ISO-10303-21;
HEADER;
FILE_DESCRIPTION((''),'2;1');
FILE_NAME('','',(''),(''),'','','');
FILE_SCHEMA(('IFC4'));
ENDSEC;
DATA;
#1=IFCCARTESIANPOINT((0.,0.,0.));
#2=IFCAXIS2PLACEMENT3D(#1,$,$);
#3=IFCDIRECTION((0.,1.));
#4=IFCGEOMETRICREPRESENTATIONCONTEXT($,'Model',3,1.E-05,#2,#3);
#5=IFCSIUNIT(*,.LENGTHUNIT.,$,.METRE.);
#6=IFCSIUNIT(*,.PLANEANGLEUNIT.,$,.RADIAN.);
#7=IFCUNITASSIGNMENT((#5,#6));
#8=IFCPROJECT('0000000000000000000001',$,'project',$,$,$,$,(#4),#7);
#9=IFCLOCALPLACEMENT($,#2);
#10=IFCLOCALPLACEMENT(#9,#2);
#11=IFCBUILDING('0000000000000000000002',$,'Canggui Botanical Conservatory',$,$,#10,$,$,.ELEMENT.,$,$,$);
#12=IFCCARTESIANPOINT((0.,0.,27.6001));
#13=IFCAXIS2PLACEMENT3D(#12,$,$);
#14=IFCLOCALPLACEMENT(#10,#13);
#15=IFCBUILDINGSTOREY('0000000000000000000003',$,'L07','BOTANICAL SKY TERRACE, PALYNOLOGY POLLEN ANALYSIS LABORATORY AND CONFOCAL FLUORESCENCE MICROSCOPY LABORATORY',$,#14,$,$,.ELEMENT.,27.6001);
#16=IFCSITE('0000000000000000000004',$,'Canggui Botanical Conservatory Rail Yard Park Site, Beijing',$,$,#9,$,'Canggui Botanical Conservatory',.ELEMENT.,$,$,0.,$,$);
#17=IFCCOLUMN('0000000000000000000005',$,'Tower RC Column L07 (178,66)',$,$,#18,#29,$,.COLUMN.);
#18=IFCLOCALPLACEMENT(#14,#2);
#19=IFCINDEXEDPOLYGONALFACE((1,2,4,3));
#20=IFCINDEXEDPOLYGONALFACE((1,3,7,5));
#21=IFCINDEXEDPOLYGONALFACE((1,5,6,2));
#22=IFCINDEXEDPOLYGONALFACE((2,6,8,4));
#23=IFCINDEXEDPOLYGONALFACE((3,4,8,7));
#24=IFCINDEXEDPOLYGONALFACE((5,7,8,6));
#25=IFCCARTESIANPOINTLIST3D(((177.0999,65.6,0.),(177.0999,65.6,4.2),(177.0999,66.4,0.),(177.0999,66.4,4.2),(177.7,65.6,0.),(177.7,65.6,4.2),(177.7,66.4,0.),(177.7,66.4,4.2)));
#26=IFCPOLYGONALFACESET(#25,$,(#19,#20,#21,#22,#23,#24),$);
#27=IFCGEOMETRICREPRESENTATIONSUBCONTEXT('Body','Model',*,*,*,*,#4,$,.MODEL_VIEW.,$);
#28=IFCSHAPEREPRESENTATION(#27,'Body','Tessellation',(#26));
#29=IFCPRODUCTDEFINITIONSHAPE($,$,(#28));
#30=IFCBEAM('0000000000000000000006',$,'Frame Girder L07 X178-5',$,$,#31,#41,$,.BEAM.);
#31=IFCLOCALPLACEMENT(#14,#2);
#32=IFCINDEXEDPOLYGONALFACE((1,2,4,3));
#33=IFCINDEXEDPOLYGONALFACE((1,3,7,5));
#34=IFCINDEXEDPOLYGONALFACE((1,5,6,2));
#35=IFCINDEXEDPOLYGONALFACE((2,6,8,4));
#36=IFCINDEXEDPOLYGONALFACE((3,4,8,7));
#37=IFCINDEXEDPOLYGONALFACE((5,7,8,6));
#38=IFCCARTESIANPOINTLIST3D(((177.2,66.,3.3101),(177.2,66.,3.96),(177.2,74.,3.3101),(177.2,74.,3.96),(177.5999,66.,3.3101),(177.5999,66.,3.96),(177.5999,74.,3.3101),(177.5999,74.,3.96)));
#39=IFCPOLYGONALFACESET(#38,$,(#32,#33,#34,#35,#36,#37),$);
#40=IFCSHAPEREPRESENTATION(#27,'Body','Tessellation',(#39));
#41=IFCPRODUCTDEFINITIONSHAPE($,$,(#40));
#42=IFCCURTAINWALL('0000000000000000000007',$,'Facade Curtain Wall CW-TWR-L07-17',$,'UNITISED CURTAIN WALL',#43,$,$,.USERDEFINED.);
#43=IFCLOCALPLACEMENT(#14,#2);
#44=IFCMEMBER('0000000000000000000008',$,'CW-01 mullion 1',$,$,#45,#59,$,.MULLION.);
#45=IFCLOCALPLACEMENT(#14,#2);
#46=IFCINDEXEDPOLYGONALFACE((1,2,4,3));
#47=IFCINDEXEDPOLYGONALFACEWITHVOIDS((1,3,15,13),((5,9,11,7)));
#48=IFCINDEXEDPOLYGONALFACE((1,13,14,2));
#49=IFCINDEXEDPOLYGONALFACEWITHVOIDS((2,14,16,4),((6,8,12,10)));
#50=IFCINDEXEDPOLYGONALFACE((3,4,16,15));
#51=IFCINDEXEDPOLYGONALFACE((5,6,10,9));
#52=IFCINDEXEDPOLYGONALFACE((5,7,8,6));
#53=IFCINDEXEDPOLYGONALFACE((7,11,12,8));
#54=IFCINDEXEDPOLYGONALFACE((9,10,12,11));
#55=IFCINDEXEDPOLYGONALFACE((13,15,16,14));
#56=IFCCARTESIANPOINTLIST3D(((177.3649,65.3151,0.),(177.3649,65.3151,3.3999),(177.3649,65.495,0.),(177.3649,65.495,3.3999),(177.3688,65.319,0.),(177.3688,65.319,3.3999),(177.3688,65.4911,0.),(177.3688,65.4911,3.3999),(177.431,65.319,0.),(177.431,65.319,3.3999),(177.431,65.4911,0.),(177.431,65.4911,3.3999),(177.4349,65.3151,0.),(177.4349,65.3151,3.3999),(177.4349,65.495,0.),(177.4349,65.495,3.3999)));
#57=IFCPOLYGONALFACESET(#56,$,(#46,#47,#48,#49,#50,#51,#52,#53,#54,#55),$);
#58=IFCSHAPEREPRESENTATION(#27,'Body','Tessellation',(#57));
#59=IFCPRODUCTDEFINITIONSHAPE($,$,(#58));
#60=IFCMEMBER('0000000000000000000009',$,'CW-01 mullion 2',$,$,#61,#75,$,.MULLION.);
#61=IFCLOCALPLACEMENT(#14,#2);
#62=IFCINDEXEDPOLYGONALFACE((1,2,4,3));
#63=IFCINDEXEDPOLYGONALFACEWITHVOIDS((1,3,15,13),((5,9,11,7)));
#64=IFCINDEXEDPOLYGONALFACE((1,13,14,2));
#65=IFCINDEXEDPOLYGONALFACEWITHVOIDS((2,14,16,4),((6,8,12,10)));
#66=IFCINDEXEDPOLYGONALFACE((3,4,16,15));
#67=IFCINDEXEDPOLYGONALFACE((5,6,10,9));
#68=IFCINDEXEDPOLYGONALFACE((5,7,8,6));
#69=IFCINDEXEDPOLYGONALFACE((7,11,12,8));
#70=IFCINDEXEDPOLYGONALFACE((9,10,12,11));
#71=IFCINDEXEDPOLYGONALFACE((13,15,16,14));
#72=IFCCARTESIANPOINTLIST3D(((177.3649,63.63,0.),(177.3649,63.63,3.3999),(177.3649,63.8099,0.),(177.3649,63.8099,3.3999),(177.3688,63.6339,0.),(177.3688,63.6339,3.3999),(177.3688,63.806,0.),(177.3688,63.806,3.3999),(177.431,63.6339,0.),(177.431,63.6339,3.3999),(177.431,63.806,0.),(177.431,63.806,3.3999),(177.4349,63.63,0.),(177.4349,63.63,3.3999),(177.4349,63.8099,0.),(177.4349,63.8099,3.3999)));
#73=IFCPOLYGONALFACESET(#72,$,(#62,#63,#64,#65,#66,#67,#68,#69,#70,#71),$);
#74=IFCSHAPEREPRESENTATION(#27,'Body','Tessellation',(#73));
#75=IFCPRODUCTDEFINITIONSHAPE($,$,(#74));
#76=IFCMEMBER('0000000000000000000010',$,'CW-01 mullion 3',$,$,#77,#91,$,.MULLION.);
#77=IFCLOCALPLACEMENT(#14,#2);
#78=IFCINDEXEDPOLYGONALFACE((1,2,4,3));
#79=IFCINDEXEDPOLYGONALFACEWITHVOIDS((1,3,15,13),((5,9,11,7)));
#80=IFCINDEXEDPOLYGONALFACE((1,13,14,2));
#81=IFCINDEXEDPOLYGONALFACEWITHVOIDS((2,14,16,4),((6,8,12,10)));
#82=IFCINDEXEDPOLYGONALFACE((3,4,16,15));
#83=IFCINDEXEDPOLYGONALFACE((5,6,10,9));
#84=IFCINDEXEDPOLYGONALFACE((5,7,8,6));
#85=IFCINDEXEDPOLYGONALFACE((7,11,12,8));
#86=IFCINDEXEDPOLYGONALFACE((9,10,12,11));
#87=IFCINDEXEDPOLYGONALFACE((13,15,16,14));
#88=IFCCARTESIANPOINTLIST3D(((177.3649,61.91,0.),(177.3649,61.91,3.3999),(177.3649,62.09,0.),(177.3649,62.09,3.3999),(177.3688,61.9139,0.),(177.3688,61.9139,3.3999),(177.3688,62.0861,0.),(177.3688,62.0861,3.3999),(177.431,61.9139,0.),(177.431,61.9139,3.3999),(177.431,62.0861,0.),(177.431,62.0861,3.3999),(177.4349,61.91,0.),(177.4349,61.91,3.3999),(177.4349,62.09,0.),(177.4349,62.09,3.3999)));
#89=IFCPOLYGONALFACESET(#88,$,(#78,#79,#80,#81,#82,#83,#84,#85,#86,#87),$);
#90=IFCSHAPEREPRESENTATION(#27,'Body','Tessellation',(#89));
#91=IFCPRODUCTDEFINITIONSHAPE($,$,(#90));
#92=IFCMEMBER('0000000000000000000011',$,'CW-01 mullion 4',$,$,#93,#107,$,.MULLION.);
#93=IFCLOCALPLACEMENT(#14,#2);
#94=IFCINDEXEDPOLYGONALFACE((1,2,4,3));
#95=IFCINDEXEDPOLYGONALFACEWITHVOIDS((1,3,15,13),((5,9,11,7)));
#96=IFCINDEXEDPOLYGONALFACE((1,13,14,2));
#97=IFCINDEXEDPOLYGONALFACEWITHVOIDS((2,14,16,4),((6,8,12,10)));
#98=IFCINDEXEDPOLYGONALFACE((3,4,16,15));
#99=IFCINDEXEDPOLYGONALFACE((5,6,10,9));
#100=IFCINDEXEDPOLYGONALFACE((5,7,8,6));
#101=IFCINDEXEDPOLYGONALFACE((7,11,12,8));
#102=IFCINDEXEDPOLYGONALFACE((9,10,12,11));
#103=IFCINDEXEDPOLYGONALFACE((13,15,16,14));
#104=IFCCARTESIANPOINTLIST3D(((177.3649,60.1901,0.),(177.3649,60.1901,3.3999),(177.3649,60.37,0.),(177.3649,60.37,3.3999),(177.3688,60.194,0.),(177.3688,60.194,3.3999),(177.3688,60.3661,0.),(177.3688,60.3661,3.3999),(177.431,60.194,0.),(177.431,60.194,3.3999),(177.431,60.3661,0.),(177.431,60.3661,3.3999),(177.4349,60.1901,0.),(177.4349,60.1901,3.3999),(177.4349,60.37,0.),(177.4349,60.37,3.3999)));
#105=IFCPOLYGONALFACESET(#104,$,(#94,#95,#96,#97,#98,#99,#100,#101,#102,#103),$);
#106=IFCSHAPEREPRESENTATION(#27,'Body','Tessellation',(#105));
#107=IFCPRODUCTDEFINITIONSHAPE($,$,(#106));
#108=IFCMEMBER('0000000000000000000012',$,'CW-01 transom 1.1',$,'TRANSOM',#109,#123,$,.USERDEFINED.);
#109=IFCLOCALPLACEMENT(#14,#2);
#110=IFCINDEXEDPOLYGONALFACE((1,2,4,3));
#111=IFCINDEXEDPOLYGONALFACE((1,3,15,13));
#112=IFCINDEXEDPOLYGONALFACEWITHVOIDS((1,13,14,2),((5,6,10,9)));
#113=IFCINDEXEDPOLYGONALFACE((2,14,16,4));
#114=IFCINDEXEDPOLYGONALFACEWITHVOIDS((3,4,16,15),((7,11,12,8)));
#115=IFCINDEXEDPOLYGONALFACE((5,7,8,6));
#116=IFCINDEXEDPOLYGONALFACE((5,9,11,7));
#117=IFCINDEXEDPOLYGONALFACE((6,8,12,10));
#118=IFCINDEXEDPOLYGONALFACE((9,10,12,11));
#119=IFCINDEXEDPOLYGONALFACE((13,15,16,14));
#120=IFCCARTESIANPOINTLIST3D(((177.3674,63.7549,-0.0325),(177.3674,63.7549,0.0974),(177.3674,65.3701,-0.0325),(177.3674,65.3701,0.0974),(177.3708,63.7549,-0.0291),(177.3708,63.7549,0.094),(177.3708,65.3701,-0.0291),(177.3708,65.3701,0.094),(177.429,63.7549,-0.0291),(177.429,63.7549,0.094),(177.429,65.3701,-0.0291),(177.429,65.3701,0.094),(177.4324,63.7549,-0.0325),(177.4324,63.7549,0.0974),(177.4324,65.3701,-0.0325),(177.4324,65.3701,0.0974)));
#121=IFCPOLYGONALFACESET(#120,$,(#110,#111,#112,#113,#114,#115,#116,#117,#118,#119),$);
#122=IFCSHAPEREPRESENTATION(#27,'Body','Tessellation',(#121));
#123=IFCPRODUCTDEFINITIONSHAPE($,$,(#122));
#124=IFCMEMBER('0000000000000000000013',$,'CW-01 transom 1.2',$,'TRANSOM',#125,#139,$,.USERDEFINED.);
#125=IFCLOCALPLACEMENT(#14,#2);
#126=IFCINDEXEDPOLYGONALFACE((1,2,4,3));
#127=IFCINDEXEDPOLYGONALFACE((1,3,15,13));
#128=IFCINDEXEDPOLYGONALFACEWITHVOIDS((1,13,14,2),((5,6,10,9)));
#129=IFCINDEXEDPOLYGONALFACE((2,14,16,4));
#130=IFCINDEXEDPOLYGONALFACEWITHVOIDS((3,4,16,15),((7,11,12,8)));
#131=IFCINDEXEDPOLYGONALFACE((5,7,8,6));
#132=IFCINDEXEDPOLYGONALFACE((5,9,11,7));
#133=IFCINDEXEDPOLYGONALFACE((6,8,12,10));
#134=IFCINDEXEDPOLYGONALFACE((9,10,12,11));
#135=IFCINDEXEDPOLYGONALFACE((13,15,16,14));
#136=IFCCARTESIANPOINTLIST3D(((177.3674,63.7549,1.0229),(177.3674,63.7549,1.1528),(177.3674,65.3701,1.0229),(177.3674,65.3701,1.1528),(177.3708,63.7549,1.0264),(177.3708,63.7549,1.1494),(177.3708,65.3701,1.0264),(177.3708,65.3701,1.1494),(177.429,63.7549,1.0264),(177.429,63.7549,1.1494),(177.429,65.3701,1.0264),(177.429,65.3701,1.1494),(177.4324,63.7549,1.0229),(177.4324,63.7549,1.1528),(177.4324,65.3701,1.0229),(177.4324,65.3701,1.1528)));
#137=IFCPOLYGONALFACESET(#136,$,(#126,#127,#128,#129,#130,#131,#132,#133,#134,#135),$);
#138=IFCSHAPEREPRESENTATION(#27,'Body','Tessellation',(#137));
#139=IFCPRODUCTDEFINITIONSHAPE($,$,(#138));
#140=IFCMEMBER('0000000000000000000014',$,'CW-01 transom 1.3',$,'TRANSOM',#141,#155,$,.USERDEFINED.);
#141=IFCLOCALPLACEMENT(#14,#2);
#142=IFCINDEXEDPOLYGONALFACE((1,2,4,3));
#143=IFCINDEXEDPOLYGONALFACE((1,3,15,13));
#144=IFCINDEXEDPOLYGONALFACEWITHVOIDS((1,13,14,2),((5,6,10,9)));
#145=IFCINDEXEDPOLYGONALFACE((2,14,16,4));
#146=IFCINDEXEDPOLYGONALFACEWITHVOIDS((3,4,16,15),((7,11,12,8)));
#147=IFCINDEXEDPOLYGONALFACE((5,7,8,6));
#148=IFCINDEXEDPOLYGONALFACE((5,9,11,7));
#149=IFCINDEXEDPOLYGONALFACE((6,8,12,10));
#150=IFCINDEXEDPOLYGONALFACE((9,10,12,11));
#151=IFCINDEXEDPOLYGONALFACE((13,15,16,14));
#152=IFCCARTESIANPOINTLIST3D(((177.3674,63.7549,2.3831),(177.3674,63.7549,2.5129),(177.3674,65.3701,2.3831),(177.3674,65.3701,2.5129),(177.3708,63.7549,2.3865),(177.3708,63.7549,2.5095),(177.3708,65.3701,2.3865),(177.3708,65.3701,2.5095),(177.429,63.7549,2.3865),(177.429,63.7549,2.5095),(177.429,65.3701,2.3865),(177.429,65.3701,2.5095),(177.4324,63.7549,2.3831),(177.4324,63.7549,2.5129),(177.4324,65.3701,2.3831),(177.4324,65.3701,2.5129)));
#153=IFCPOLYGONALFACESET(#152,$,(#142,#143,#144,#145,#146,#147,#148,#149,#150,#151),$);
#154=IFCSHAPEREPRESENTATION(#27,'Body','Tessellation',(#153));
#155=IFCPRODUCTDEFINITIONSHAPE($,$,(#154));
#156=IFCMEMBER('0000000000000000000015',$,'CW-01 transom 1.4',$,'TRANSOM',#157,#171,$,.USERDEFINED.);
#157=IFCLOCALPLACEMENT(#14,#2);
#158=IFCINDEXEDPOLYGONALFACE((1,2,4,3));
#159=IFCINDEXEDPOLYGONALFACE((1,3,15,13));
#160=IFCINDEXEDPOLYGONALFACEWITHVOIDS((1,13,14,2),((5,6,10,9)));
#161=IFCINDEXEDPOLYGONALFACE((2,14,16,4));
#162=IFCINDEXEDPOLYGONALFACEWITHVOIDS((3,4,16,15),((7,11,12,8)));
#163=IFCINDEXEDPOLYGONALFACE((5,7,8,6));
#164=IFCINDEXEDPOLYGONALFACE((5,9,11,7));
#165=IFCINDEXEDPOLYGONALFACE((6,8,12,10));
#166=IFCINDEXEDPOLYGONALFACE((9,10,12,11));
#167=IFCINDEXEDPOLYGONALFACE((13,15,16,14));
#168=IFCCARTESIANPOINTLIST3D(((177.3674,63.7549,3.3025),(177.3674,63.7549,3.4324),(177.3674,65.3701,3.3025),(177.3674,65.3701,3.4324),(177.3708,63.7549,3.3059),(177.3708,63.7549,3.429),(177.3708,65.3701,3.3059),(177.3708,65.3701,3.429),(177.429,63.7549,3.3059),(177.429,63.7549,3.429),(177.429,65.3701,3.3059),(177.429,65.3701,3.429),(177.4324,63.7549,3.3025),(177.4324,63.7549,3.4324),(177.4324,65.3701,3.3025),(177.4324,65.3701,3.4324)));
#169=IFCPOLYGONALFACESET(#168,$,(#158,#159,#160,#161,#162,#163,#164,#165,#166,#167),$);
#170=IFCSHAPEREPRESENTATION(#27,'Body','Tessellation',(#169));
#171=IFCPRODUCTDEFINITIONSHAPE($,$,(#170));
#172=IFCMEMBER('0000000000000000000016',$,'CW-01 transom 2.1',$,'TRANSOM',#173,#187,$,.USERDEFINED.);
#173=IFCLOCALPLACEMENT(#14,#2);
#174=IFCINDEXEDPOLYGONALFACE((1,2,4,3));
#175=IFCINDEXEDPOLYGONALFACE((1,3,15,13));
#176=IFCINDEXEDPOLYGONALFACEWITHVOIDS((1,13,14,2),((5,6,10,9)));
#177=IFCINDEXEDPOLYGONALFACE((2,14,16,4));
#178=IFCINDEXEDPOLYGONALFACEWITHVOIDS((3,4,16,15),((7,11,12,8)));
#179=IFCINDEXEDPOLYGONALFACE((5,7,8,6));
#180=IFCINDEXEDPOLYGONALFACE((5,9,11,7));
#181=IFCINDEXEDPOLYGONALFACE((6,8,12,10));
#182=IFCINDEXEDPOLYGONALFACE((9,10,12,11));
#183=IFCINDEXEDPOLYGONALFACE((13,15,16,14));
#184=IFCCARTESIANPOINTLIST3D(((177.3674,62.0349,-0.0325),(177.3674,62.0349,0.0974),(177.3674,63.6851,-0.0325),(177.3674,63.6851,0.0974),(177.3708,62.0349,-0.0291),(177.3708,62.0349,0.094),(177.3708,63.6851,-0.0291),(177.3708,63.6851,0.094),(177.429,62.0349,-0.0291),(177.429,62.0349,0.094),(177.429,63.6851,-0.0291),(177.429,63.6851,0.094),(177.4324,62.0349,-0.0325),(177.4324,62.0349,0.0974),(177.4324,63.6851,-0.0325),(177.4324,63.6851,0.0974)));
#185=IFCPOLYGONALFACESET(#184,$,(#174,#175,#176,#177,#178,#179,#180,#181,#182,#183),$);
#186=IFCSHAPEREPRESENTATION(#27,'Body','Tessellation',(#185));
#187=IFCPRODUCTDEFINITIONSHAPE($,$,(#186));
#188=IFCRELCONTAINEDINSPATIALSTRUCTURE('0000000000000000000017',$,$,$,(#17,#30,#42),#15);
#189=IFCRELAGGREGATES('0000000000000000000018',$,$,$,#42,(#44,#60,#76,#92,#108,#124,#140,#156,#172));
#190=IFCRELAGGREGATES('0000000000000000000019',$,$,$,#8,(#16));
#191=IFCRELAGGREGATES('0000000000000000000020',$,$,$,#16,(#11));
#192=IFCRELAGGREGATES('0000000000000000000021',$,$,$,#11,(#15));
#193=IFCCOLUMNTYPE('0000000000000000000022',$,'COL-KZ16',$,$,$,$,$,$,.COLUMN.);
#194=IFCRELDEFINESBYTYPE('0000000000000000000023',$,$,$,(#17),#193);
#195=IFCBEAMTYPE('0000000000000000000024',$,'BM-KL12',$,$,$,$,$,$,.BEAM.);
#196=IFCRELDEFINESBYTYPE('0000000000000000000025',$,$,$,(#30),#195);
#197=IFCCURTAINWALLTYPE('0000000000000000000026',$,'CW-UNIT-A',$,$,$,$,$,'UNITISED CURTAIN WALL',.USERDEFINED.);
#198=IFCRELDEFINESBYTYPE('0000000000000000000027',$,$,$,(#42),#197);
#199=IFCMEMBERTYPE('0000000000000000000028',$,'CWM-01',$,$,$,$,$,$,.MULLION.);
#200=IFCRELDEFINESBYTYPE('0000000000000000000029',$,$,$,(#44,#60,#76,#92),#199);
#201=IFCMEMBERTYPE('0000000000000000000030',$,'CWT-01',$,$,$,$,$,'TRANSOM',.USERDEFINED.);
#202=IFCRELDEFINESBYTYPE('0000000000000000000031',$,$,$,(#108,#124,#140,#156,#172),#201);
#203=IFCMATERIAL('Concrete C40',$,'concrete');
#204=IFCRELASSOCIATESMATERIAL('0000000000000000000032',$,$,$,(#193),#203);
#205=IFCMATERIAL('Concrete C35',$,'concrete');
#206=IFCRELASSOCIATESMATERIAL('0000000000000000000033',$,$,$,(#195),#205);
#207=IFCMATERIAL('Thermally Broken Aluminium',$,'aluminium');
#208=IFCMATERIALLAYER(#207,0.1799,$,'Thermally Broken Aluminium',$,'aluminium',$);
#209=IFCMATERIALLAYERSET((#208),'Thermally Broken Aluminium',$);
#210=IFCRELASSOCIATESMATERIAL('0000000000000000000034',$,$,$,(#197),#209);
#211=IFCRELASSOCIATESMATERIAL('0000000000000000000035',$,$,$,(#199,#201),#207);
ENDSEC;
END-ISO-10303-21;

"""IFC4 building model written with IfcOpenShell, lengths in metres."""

from ifc_helpers import new_model, si_unit, direction, frame, origin, origin_2d, place, context, subcontext, project, spatial, rectangle, hollow_rectangle, extrude, material, layer, layer_set, material_profile, profile_set, type_object, element, aggregate, save


model = new_model("IFC4")

# Units and contexts
model_context = context("Model", 3, precision=1e-05, world=origin(), true_north=direction((0.0, 1.0)))
body_context = subcontext(model_context, "Body", "Model", "MODEL_VIEW")
ifc_project = project(units=[si_unit("LENGTHUNIT", "METRE"), si_unit("PLANEANGLEUNIT", "RADIAN")], contexts=[model_context])

# Site, building, storey
site_placement = place(None, origin())
site = spatial("IfcSite", under=ifc_project, at=site_placement, Name="Canggui Botanical Conservatory Rail Yard Park Site, Beijing", LongName="Canggui Botanical Conservatory", CompositionType="ELEMENT", RefElevation=0.0)
building_placement = place(site_placement, origin())
building = spatial("IfcBuilding", under=site, at=building_placement, Name="Canggui Botanical Conservatory", CompositionType="ELEMENT")
storey_placement = place(building_placement, frame((0.0, 0.0, 27.6001)))
storey = spatial("IfcBuildingStorey", under=building, at=storey_placement, Name="L07", Description="BOTANICAL SKY TERRACE, PALYNOLOGY POLLEN ANALYSIS LABORATORY AND CONFOCAL FLUORESCENCE MICROSCOPY LABORATORY", CompositionType="ELEMENT", Elevation=27.6001)

# Column
ifc_material_1 = material(Name="Concrete C40", Category="concrete")
ifc_material_profile_1 = material_profile(ifc_material_1, rectangle(XDim=0.6001, YDim=0.8, at=origin_2d()), Name="RC 600x800")
ifc_profile_set_1 = profile_set([ifc_material_profile_1], Name="Concrete C40")
column_type = type_object("IfcColumnType", Name="COL-KZ16", PredefinedType="COLUMN", material=ifc_profile_set_1)
column_placement = place(storey_placement, frame((177.3999, 66.0, 0.0), z_axis=(0.0, 0.0, 1.0), x_axis=(1.0, 0.0, 0.0)))
element("IfcColumn", 1, at=column_placement, inside=storey, type_object=column_type, Name="Tower RC Column L07 (178,66)", PredefinedType="COLUMN", context=body_context, shape_type="SweptSolid", body=[
    extrude(rectangle(XDim=0.6001, YDim=0.8, at=origin_2d()), origin(), (0.0, 0.0, 1.0), 4.2),
])

# Beam
ifc_material_2 = material(Name="Concrete C35", Category="concrete")
ifc_material_profile_2 = material_profile(ifc_material_2, rectangle(XDim=0.3999, YDim=0.6499, at=origin_2d()), Name="RB 400x650")
ifc_profile_set_2 = profile_set([ifc_material_profile_2], Name="Concrete C35")
beam_type = type_object("IfcBeamType", Name="BM-KL12", PredefinedType="BEAM", material=ifc_profile_set_2)
beam_placement = place(storey_placement, frame((177.3999, 66.0, 3.635), z_axis=(0.0, 1.0, 0.0), x_axis=(-1.0, 0.0, 0.0)))
element("IfcBeam", 2, at=beam_placement, inside=storey, type_object=beam_type, Name="Frame Girder L07 X178-5", PredefinedType="BEAM", context=body_context, shape_type="SweptSolid", body=[
    extrude(rectangle(XDim=0.3999, YDim=0.6499, at=origin_2d()), origin(), (0.0, 0.0, 1.0), 8.0),
])

# Curtain wall, members
ifc_material_3 = material(Name="Thermally Broken Aluminium", Category="aluminium")
ifc_layer_1 = layer(ifc_material_3, 0.1799, Name="Thermally Broken Aluminium", Category="aluminium")
ifc_layer_set_1 = layer_set([ifc_layer_1], Name="Thermally Broken Aluminium")
curtain_wall_type = type_object("IfcCurtainWallType", Name="CW-UNIT-A", ElementType="UNITISED CURTAIN WALL", PredefinedType="USERDEFINED", material=ifc_layer_set_1)
curtain_wall_placement = place(storey_placement, origin())
curtain_wall = element("IfcCurtainWall", 3, at=curtain_wall_placement, inside=storey, type_object=curtain_wall_type, Name="Facade Curtain Wall CW-TWR-L07-17", ObjectType="UNITISED CURTAIN WALL", PredefinedType="USERDEFINED")
ifc_material_profile_3 = material_profile(ifc_material_3, hollow_rectangle(XDim=0.0701, YDim=0.1799, WallThickness=0.0039, at=origin_2d()), Name="CWM 70x180x4")
ifc_profile_set_3 = profile_set([ifc_material_profile_3], Name="Thermally Broken Aluminium")
member_type_1 = type_object("IfcMemberType", Name="CWM-01", PredefinedType="MULLION", material=ifc_profile_set_3)
member_1_placement = place(storey_placement, frame((177.3999, 65.405, 0.0), z_axis=(0.0, 0.0, 1.0), x_axis=(1.0, 0.0, 0.0)))
member_1 = element("IfcMember", 4, at=member_1_placement, type_object=member_type_1, Name="CW-01 mullion 1", PredefinedType="MULLION", context=body_context, shape_type="SweptSolid", body=[
    extrude(hollow_rectangle(XDim=0.0701, YDim=0.1799, WallThickness=0.0039, at=origin_2d()), origin(), (0.0, 0.0, 1.0), 3.3999),
])
member_2_placement = place(storey_placement, frame((177.3999, 63.72, 0.0), z_axis=(0.0, 0.0, 1.0), x_axis=(1.0, 0.0, 0.0)))
member_2 = element("IfcMember", 5, at=member_2_placement, type_object=member_type_1, Name="CW-01 mullion 2", PredefinedType="MULLION", context=body_context, shape_type="SweptSolid", body=[
    extrude(hollow_rectangle(XDim=0.0701, YDim=0.1799, WallThickness=0.0039, at=origin_2d()), origin(), (0.0, 0.0, 1.0), 3.3999),
])
member_3_placement = place(storey_placement, frame((177.3999, 62.0, 0.0), z_axis=(0.0, 0.0, 1.0), x_axis=(1.0, 0.0, 0.0)))
member_3 = element("IfcMember", 6, at=member_3_placement, type_object=member_type_1, Name="CW-01 mullion 3", PredefinedType="MULLION", context=body_context, shape_type="SweptSolid", body=[
    extrude(hollow_rectangle(XDim=0.0701, YDim=0.1799, WallThickness=0.0039, at=origin_2d()), origin(), (0.0, 0.0, 1.0), 3.3999),
])
member_4_placement = place(storey_placement, frame((177.3999, 60.28, 0.0), z_axis=(0.0, 0.0, 1.0), x_axis=(1.0, 0.0, 0.0)))
member_4 = element("IfcMember", 7, at=member_4_placement, type_object=member_type_1, Name="CW-01 mullion 4", PredefinedType="MULLION", context=body_context, shape_type="SweptSolid", body=[
    extrude(hollow_rectangle(XDim=0.0701, YDim=0.1799, WallThickness=0.0039, at=origin_2d()), origin(), (0.0, 0.0, 1.0), 3.3999),
])
ifc_material_profile_4 = material_profile(ifc_material_3, hollow_rectangle(XDim=0.0649, YDim=0.1299, WallThickness=0.0034, at=origin_2d()), Name="CWT 65x130x3.5")
ifc_profile_set_4 = profile_set([ifc_material_profile_4], Name="Thermally Broken Aluminium")
member_type_2 = type_object("IfcMemberType", Name="CWT-01", ElementType="TRANSOM", PredefinedType="USERDEFINED", material=ifc_profile_set_4)
member_5_placement = place(storey_placement, frame((177.3999, 65.3701, 0.0325), z_axis=(0.0, -1.0, 0.0), x_axis=(1.0, 0.0, 0.0)))
member_5 = element("IfcMember", 8, at=member_5_placement, type_object=member_type_2, Name="CW-01 transom 1.1", ObjectType="TRANSOM", PredefinedType="USERDEFINED", context=body_context, shape_type="SweptSolid", body=[
    extrude(hollow_rectangle(XDim=0.0649, YDim=0.1299, WallThickness=0.0034, at=origin_2d()), origin(), (0.0, 0.0, 1.0), 1.6152),
])
member_6_placement = place(storey_placement, frame((177.3999, 65.3701, 1.0879), z_axis=(0.0, -1.0, 0.0), x_axis=(1.0, 0.0, 0.0)))
member_6 = element("IfcMember", 9, at=member_6_placement, type_object=member_type_2, Name="CW-01 transom 1.2", ObjectType="TRANSOM", PredefinedType="USERDEFINED", context=body_context, shape_type="SweptSolid", body=[
    extrude(hollow_rectangle(XDim=0.0649, YDim=0.1299, WallThickness=0.0034, at=origin_2d()), origin(), (0.0, 0.0, 1.0), 1.6152),
])
member_7_placement = place(storey_placement, frame((177.3999, 65.3701, 2.448), z_axis=(0.0, -1.0, 0.0), x_axis=(1.0, 0.0, 0.0)))
member_7 = element("IfcMember", 10, at=member_7_placement, type_object=member_type_2, Name="CW-01 transom 1.3", ObjectType="TRANSOM", PredefinedType="USERDEFINED", context=body_context, shape_type="SweptSolid", body=[
    extrude(hollow_rectangle(XDim=0.0649, YDim=0.1299, WallThickness=0.0034, at=origin_2d()), origin(), (0.0, 0.0, 1.0), 1.6152),
])
member_8_placement = place(storey_placement, frame((177.3999, 65.3701, 3.3674), z_axis=(0.0, -1.0, 0.0), x_axis=(1.0, 0.0, 0.0)))
member_8 = element("IfcMember", 11, at=member_8_placement, type_object=member_type_2, Name="CW-01 transom 1.4", ObjectType="TRANSOM", PredefinedType="USERDEFINED", context=body_context, shape_type="SweptSolid", body=[
    extrude(hollow_rectangle(XDim=0.0649, YDim=0.1299, WallThickness=0.0034, at=origin_2d()), origin(), (0.0, 0.0, 1.0), 1.6152),
])
member_9_placement = place(storey_placement, frame((177.3999, 63.6851, 0.0325), z_axis=(0.0, -1.0, 0.0), x_axis=(1.0, 0.0, 0.0)))
member_9 = element("IfcMember", 12, at=member_9_placement, type_object=member_type_2, Name="CW-01 transom 2.1", ObjectType="TRANSOM", PredefinedType="USERDEFINED", context=body_context, shape_type="SweptSolid", body=[
    extrude(hollow_rectangle(XDim=0.0649, YDim=0.1299, WallThickness=0.0034, at=origin_2d()), origin(), (0.0, 0.0, 1.0), 1.6501),
])
aggregate(curtain_wall, [member_1, member_2, member_3, member_4, member_5, member_6, member_7, member_8, member_9])

save(model, "model.ifc")
